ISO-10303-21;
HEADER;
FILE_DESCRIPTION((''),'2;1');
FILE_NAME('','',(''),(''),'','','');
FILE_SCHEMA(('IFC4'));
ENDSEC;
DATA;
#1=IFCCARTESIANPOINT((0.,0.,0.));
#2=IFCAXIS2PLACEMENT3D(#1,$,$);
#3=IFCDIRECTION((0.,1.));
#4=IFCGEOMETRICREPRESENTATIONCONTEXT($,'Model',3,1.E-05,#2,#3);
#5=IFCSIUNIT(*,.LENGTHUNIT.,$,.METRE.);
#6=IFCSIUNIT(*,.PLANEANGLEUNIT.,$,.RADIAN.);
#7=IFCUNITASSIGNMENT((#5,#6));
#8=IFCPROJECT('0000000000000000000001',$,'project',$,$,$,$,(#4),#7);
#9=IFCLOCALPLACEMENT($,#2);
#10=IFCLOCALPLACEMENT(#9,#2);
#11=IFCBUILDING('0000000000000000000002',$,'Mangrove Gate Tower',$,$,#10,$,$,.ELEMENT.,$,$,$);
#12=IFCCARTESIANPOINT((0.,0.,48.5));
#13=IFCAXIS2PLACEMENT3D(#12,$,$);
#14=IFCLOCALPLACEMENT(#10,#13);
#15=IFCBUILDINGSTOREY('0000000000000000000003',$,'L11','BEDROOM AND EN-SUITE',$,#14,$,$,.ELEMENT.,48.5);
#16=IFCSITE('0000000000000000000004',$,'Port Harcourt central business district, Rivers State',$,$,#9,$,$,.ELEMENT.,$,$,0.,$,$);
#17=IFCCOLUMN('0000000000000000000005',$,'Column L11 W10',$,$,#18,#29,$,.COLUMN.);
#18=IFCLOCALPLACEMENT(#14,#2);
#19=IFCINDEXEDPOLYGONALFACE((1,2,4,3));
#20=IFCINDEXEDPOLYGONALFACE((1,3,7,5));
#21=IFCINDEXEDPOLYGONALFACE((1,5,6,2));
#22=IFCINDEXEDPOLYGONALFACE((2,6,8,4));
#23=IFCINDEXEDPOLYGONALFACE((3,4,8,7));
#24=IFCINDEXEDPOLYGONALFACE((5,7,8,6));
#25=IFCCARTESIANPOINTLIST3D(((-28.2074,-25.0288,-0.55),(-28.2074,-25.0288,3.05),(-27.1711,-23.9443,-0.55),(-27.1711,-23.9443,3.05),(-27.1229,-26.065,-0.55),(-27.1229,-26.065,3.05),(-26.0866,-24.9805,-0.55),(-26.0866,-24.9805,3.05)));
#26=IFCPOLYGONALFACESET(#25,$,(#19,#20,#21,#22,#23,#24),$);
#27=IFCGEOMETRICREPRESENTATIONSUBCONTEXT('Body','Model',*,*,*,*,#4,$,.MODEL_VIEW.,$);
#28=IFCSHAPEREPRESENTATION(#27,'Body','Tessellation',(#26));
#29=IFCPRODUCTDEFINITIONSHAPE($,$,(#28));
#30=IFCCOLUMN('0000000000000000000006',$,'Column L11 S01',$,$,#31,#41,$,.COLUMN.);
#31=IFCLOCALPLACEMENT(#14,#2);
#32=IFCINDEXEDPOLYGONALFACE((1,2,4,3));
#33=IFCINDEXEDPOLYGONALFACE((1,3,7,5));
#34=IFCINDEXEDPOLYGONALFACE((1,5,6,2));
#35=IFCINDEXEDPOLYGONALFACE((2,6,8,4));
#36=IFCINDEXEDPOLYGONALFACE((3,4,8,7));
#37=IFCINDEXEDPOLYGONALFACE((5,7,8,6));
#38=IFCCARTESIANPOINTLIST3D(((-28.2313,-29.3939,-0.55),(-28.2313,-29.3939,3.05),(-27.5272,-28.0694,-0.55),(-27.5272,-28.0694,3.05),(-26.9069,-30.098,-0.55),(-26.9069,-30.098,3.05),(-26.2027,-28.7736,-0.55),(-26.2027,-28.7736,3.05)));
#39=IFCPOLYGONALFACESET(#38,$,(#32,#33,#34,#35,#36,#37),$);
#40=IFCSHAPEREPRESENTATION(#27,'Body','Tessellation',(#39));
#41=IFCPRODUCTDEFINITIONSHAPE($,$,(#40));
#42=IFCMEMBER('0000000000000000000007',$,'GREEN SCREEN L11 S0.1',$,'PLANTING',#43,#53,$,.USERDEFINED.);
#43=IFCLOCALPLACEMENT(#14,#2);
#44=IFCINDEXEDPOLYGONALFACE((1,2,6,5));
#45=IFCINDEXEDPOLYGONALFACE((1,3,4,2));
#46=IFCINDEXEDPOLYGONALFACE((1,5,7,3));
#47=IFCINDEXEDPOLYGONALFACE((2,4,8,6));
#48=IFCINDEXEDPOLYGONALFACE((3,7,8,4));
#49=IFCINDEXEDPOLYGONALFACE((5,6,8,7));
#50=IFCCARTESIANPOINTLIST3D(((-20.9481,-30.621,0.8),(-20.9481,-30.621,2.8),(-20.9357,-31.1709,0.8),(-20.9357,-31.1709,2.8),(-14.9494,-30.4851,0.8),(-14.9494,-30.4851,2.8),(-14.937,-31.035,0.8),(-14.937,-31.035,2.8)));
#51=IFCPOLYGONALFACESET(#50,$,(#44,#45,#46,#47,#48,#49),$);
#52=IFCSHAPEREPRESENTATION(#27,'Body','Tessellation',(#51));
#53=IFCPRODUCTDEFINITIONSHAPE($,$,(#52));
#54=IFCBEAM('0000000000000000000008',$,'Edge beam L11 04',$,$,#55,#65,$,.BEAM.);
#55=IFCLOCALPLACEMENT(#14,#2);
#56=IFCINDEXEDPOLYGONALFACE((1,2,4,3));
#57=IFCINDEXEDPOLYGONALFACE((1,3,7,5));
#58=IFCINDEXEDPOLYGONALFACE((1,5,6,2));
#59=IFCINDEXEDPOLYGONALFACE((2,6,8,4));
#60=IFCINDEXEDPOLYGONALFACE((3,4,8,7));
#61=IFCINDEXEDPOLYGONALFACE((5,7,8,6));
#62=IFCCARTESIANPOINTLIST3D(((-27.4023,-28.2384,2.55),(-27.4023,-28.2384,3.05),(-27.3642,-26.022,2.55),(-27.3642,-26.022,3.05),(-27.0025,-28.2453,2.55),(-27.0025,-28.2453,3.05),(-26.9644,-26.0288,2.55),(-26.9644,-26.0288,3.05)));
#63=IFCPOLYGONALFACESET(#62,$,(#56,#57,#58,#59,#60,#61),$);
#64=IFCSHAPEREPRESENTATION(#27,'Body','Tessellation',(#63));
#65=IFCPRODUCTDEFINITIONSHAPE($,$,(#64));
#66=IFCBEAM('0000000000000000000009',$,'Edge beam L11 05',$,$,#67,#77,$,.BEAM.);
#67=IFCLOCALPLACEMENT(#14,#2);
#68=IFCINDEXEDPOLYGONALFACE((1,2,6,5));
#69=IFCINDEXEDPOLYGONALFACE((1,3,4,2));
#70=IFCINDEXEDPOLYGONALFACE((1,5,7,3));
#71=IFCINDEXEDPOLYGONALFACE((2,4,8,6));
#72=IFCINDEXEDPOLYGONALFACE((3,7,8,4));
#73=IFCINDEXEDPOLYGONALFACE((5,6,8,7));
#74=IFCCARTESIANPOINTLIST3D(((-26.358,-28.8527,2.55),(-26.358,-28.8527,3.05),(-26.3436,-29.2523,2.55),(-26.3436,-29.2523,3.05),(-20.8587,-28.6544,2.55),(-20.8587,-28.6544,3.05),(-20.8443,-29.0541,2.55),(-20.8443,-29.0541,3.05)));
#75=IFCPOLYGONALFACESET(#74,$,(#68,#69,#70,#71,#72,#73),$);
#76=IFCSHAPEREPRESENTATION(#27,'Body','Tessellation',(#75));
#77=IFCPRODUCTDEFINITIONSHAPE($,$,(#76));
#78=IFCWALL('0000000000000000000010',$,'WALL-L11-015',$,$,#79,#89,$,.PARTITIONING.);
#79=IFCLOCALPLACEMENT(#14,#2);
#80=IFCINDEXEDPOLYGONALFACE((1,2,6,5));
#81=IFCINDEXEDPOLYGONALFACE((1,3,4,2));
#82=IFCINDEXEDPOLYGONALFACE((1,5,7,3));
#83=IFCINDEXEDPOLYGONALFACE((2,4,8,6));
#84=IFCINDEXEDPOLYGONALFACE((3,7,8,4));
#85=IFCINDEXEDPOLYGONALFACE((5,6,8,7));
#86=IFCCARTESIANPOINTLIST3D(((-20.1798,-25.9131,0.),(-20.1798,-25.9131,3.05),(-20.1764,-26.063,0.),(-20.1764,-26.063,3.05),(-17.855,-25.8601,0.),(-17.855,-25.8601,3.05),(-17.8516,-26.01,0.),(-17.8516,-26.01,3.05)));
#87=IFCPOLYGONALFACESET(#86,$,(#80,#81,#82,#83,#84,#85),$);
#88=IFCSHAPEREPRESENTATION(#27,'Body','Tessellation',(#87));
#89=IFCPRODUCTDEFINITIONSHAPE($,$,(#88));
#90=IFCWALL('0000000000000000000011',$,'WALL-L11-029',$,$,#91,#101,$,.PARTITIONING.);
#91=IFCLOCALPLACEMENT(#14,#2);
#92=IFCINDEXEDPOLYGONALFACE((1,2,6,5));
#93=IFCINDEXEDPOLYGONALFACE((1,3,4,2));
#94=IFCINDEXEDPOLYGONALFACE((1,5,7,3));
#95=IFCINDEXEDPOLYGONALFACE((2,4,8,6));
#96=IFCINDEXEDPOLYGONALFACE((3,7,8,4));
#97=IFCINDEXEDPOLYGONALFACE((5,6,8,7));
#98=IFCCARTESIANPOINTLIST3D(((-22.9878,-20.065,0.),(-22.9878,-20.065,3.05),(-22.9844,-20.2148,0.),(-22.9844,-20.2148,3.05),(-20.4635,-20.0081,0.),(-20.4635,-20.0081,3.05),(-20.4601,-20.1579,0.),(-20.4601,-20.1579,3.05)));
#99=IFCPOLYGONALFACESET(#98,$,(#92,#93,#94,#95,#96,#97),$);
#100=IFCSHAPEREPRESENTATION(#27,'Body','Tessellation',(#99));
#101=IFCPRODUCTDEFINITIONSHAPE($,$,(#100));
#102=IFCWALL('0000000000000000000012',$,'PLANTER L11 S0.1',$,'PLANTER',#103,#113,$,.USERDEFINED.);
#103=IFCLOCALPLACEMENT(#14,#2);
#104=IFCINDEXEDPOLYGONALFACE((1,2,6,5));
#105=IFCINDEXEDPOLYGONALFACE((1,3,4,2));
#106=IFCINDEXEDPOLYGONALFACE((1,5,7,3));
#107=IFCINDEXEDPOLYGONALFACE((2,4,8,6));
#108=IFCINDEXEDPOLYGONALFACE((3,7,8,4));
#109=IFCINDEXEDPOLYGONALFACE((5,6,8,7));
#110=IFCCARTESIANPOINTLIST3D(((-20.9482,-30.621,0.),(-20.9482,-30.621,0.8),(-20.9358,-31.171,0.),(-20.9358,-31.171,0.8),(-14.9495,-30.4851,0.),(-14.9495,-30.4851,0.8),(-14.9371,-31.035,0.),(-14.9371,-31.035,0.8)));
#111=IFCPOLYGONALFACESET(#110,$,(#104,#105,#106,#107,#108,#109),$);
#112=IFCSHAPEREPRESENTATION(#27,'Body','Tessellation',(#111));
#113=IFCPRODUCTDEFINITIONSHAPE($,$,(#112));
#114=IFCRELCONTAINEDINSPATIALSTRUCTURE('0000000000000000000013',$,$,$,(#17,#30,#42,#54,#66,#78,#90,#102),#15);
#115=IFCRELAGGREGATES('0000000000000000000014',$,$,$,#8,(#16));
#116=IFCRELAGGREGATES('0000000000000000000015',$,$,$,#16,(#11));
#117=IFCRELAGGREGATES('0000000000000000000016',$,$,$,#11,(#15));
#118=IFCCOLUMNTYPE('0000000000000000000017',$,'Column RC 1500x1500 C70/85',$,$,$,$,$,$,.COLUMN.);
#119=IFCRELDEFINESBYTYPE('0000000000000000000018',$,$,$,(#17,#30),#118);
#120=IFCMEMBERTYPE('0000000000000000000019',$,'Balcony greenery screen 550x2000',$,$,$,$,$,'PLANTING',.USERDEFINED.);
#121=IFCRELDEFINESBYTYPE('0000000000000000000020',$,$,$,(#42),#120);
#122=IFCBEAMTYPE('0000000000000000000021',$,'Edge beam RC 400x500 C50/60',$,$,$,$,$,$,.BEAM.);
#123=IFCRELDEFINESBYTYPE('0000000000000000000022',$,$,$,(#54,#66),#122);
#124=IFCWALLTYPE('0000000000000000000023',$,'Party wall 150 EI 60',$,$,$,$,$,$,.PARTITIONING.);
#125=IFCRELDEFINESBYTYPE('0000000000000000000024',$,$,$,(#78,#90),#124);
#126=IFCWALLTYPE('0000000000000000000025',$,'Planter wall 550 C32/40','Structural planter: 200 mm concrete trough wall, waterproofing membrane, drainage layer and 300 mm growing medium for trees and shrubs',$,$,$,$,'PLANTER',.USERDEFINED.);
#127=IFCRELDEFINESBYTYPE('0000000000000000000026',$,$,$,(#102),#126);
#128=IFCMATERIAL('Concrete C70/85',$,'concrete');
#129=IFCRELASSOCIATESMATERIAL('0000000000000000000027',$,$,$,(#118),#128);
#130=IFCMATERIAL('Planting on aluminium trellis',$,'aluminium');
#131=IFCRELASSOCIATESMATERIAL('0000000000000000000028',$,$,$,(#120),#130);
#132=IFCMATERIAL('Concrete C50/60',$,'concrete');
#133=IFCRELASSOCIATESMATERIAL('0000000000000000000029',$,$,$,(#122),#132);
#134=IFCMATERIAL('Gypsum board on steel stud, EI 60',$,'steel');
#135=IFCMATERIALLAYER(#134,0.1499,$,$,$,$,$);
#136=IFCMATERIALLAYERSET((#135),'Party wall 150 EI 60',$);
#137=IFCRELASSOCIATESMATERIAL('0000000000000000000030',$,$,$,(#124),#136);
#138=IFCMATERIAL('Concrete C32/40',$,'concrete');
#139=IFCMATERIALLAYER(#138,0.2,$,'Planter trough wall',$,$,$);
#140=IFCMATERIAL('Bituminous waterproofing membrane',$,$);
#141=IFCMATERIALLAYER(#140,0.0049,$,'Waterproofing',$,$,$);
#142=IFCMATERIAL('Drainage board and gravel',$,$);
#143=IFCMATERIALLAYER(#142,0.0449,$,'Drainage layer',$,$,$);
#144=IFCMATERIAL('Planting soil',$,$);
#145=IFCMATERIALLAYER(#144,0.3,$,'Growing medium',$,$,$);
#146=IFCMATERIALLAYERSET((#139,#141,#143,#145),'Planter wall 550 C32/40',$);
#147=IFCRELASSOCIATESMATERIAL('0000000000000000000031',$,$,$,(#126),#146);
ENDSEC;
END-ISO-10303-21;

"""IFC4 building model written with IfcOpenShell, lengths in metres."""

from ifc_helpers import new_model, si_unit, direction, frame, frame_2d, origin, origin_2d, place, context, subcontext, project, spatial, rectangle, extrude, material, layer, layer_set, material_profile, profile_set, type_object, element, save


model = new_model("IFC4")

# Units and contexts
model_context = context("Model", 3, precision=1e-05, world=origin(), true_north=direction((0.0, 1.0)))
body_context = subcontext(model_context, "Body", "Model", "MODEL_VIEW")
ifc_project = project(units=[si_unit("LENGTHUNIT", "METRE"), si_unit("PLANEANGLEUNIT", "RADIAN")], contexts=[model_context])

# Site, building, storey
site_placement = place(None, origin())
site = spatial("IfcSite", under=ifc_project, at=site_placement, Name="Port Harcourt central business district, Rivers State", CompositionType="ELEMENT", RefElevation=0.0)
building_placement = place(site_placement, origin())
building = spatial("IfcBuilding", under=site, at=building_placement, Name="Mangrove Gate Tower", CompositionType="ELEMENT")
storey_placement = place(building_placement, frame((0.0, 0.0, 48.5)))
storey = spatial("IfcBuildingStorey", under=building, at=storey_placement, Name="L11", Description="BEDROOM AND EN-SUITE", CompositionType="ELEMENT", Elevation=48.5)

# Columns
ifc_material_1 = material(Name="Concrete C70/85", Category="concrete")
ifc_material_profile_1 = material_profile(ifc_material_1, rectangle(XDim=1.5, YDim=1.5, at=origin_2d()))
ifc_profile_set_1 = profile_set([ifc_material_profile_1], Name="Concrete C70/85")
column_type = type_object("IfcColumnType", Name="Column RC 1500x1500 C70/85", PredefinedType="COLUMN", material=ifc_profile_set_1)
for number, where, z_axis, x_axis, name in (
    (1, (-27.147, -25.0046, -0.55), (0.0, 0.0, 1.0), (0.723004, -0.690844, 0.0), "Column L11 W10"),
    (2, (-27.217, -29.0837, -0.55), (0.0, 0.0, 1.0), (0.882965, -0.469439, 0.0), "Column L11 S01"),
):
    element("IfcColumn", number, at=place(storey_placement, frame(where, z_axis=z_axis, x_axis=x_axis)), inside=storey, type_object=column_type, Name=name, PredefinedType="COLUMN", context=body_context, shape_type="SweptSolid", body=[
        extrude(rectangle(XDim=1.5, YDim=1.5, at=origin_2d()), origin(), (0.0, 0.0, 1.0), 3.6001),
    ])

# Member
ifc_material_2 = material(Name="Planting on aluminium trellis", Category="aluminium")
ifc_material_profile_2 = material_profile(ifc_material_2, rectangle(XDim=0.55, YDim=2.0, at=origin_2d()))
ifc_profile_set_2 = profile_set([ifc_material_profile_2], Name="Planting on aluminium trellis")
member_type = type_object("IfcMemberType", Name="Balcony greenery screen 550x2000", ElementType="PLANTING", PredefinedType="USERDEFINED", material=ifc_profile_set_2)
member_placement = place(storey_placement, frame((-20.9419, -30.896, 1.8), z_axis=(0.999743, 0.022663, 0.0), x_axis=(-0.022663, 0.999743, 0.0)))
element("IfcMember", 3, at=member_placement, inside=storey, type_object=member_type, Name="GREEN SCREEN L11 S0.1", ObjectType="PLANTING", PredefinedType="USERDEFINED", context=body_context, shape_type="SweptSolid", body=[
    extrude(rectangle(XDim=0.55, YDim=2.0, at=origin_2d()), origin(), (0.0, 0.0, 1.0), 6.0002),
])

# Beams
ifc_material_3 = material(Name="Concrete C50/60", Category="concrete")
ifc_material_profile_3 = material_profile(ifc_material_3, rectangle(XDim=0.3999, YDim=0.5, at=origin_2d()))
ifc_profile_set_3 = profile_set([ifc_material_profile_3], Name="Concrete C50/60")
beam_type = type_object("IfcBeamType", Name="Edge beam RC 400x500 C50/60", PredefinedType="BEAM", material=ifc_profile_set_3)
beam_1_placement = place(storey_placement, frame((-27.1643, -26.0254, 2.8), z_axis=(-0.01718, -0.999852, 0.0), x_axis=(0.999852, -0.01718, 0.0)))
element("IfcBeam", 4, at=beam_1_placement, inside=storey, type_object=beam_type, Name="Edge beam L11 04", PredefinedType="BEAM", context=body_context, shape_type="SweptSolid", body=[
    extrude(rectangle(XDim=0.3999, YDim=0.5, at=origin_2d()), origin(), (0.0, 0.0, 1.0), 2.2168),
])
beam_2_placement = place(storey_placement, frame((-26.3508, -29.0525, 2.8), z_axis=(0.999351, 0.036025, 0.0), x_axis=(-0.036025, 0.999351, 0.0)))
element("IfcBeam", 5, at=beam_2_placement, inside=storey, type_object=beam_type, Name="Edge beam L11 05", PredefinedType="BEAM", context=body_context, shape_type="SweptSolid", body=[
    extrude(rectangle(XDim=0.3999, YDim=0.5, at=origin_2d()), origin(), (0.0, 0.0, 1.0), 5.5029),
])

# Walls
ifc_material_4 = material(Name="Gypsum board on steel stud, EI 60", Category="steel")
ifc_layer_1 = layer(ifc_material_4, 0.1499)
ifc_layer_set_1 = layer_set([ifc_layer_1], Name="Party wall 150 EI 60")
wall_type_1 = type_object("IfcWallType", Name="Party wall 150 EI 60", PredefinedType="PARTITIONING", material=ifc_layer_set_1)
wall_1_placement = place(storey_placement, frame((-20.178, -25.988, 0.0), z_axis=(0.0, 0.0, 1.0), x_axis=(0.99974, 0.022781, 0.0)))
element("IfcWall", 6, at=wall_1_placement, inside=storey, type_object=wall_type_1, Name="WALL-L11-015", PredefinedType="PARTITIONING", context=body_context, shape_type="SweptSolid", body=[
    extrude(rectangle(XDim=2.3254, YDim=0.1499, at=frame_2d((1.1626, 0.0))), origin(), (0.0, 0.0, 1.0), 3.05),
])
wall_2_placement = place(storey_placement, frame((-22.9861, -20.1399, 0.0), z_axis=(0.0, 0.0, 1.0), x_axis=(0.999746, 0.02253, 0.0)))
element("IfcWall", 7, at=wall_2_placement, inside=storey, type_object=wall_type_1, Name="WALL-L11-029", PredefinedType="PARTITIONING", context=body_context, shape_type="SweptSolid", body=[
    extrude(rectangle(XDim=2.5249, YDim=0.1499, at=frame_2d((1.2625, 0.0))), origin(), (0.0, 0.0, 1.0), 3.05),
])
ifc_material_5 = material(Name="Concrete C32/40", Category="concrete")
ifc_layer_2 = layer(ifc_material_5, 0.2, Name="Planter trough wall")
ifc_material_6 = material(Name="Bituminous waterproofing membrane")
ifc_layer_3 = layer(ifc_material_6, 0.0049, Name="Waterproofing")
ifc_material_7 = material(Name="Drainage board and gravel")
ifc_layer_4 = layer(ifc_material_7, 0.0449, Name="Drainage layer")
ifc_material_8 = material(Name="Planting soil")
ifc_layer_5 = layer(ifc_material_8, 0.3, Name="Growing medium")
ifc_layer_set_2 = layer_set([ifc_layer_2, ifc_layer_3, ifc_layer_4, ifc_layer_5], Name="Planter wall 550 C32/40")
wall_type_2 = type_object("IfcWallType", Name="Planter wall 550 C32/40", Description="Structural planter: 200 mm concrete trough wall, waterproofing membrane, drainage layer and 300 mm growing medium for trees and shrubs", ElementType="PLANTER", PredefinedType="USERDEFINED", material=ifc_layer_set_2)
wall_3_placement = place(storey_placement, frame((-20.9419, -30.896, 0.0), z_axis=(0.0, 0.0, 1.0), x_axis=(0.999743, 0.022663, 0.0)))
element("IfcWall", 8, at=wall_3_placement, inside=storey, type_object=wall_type_2, Name="PLANTER L11 S0.1", ObjectType="PLANTER", PredefinedType="USERDEFINED", context=body_context, shape_type="SweptSolid", body=[
    extrude(rectangle(XDim=6.0002, YDim=0.55, at=frame_2d((3.0, 0.0))), origin(), (0.0, 0.0, 1.0), 0.8),
])

save(model, "model.ifc")
